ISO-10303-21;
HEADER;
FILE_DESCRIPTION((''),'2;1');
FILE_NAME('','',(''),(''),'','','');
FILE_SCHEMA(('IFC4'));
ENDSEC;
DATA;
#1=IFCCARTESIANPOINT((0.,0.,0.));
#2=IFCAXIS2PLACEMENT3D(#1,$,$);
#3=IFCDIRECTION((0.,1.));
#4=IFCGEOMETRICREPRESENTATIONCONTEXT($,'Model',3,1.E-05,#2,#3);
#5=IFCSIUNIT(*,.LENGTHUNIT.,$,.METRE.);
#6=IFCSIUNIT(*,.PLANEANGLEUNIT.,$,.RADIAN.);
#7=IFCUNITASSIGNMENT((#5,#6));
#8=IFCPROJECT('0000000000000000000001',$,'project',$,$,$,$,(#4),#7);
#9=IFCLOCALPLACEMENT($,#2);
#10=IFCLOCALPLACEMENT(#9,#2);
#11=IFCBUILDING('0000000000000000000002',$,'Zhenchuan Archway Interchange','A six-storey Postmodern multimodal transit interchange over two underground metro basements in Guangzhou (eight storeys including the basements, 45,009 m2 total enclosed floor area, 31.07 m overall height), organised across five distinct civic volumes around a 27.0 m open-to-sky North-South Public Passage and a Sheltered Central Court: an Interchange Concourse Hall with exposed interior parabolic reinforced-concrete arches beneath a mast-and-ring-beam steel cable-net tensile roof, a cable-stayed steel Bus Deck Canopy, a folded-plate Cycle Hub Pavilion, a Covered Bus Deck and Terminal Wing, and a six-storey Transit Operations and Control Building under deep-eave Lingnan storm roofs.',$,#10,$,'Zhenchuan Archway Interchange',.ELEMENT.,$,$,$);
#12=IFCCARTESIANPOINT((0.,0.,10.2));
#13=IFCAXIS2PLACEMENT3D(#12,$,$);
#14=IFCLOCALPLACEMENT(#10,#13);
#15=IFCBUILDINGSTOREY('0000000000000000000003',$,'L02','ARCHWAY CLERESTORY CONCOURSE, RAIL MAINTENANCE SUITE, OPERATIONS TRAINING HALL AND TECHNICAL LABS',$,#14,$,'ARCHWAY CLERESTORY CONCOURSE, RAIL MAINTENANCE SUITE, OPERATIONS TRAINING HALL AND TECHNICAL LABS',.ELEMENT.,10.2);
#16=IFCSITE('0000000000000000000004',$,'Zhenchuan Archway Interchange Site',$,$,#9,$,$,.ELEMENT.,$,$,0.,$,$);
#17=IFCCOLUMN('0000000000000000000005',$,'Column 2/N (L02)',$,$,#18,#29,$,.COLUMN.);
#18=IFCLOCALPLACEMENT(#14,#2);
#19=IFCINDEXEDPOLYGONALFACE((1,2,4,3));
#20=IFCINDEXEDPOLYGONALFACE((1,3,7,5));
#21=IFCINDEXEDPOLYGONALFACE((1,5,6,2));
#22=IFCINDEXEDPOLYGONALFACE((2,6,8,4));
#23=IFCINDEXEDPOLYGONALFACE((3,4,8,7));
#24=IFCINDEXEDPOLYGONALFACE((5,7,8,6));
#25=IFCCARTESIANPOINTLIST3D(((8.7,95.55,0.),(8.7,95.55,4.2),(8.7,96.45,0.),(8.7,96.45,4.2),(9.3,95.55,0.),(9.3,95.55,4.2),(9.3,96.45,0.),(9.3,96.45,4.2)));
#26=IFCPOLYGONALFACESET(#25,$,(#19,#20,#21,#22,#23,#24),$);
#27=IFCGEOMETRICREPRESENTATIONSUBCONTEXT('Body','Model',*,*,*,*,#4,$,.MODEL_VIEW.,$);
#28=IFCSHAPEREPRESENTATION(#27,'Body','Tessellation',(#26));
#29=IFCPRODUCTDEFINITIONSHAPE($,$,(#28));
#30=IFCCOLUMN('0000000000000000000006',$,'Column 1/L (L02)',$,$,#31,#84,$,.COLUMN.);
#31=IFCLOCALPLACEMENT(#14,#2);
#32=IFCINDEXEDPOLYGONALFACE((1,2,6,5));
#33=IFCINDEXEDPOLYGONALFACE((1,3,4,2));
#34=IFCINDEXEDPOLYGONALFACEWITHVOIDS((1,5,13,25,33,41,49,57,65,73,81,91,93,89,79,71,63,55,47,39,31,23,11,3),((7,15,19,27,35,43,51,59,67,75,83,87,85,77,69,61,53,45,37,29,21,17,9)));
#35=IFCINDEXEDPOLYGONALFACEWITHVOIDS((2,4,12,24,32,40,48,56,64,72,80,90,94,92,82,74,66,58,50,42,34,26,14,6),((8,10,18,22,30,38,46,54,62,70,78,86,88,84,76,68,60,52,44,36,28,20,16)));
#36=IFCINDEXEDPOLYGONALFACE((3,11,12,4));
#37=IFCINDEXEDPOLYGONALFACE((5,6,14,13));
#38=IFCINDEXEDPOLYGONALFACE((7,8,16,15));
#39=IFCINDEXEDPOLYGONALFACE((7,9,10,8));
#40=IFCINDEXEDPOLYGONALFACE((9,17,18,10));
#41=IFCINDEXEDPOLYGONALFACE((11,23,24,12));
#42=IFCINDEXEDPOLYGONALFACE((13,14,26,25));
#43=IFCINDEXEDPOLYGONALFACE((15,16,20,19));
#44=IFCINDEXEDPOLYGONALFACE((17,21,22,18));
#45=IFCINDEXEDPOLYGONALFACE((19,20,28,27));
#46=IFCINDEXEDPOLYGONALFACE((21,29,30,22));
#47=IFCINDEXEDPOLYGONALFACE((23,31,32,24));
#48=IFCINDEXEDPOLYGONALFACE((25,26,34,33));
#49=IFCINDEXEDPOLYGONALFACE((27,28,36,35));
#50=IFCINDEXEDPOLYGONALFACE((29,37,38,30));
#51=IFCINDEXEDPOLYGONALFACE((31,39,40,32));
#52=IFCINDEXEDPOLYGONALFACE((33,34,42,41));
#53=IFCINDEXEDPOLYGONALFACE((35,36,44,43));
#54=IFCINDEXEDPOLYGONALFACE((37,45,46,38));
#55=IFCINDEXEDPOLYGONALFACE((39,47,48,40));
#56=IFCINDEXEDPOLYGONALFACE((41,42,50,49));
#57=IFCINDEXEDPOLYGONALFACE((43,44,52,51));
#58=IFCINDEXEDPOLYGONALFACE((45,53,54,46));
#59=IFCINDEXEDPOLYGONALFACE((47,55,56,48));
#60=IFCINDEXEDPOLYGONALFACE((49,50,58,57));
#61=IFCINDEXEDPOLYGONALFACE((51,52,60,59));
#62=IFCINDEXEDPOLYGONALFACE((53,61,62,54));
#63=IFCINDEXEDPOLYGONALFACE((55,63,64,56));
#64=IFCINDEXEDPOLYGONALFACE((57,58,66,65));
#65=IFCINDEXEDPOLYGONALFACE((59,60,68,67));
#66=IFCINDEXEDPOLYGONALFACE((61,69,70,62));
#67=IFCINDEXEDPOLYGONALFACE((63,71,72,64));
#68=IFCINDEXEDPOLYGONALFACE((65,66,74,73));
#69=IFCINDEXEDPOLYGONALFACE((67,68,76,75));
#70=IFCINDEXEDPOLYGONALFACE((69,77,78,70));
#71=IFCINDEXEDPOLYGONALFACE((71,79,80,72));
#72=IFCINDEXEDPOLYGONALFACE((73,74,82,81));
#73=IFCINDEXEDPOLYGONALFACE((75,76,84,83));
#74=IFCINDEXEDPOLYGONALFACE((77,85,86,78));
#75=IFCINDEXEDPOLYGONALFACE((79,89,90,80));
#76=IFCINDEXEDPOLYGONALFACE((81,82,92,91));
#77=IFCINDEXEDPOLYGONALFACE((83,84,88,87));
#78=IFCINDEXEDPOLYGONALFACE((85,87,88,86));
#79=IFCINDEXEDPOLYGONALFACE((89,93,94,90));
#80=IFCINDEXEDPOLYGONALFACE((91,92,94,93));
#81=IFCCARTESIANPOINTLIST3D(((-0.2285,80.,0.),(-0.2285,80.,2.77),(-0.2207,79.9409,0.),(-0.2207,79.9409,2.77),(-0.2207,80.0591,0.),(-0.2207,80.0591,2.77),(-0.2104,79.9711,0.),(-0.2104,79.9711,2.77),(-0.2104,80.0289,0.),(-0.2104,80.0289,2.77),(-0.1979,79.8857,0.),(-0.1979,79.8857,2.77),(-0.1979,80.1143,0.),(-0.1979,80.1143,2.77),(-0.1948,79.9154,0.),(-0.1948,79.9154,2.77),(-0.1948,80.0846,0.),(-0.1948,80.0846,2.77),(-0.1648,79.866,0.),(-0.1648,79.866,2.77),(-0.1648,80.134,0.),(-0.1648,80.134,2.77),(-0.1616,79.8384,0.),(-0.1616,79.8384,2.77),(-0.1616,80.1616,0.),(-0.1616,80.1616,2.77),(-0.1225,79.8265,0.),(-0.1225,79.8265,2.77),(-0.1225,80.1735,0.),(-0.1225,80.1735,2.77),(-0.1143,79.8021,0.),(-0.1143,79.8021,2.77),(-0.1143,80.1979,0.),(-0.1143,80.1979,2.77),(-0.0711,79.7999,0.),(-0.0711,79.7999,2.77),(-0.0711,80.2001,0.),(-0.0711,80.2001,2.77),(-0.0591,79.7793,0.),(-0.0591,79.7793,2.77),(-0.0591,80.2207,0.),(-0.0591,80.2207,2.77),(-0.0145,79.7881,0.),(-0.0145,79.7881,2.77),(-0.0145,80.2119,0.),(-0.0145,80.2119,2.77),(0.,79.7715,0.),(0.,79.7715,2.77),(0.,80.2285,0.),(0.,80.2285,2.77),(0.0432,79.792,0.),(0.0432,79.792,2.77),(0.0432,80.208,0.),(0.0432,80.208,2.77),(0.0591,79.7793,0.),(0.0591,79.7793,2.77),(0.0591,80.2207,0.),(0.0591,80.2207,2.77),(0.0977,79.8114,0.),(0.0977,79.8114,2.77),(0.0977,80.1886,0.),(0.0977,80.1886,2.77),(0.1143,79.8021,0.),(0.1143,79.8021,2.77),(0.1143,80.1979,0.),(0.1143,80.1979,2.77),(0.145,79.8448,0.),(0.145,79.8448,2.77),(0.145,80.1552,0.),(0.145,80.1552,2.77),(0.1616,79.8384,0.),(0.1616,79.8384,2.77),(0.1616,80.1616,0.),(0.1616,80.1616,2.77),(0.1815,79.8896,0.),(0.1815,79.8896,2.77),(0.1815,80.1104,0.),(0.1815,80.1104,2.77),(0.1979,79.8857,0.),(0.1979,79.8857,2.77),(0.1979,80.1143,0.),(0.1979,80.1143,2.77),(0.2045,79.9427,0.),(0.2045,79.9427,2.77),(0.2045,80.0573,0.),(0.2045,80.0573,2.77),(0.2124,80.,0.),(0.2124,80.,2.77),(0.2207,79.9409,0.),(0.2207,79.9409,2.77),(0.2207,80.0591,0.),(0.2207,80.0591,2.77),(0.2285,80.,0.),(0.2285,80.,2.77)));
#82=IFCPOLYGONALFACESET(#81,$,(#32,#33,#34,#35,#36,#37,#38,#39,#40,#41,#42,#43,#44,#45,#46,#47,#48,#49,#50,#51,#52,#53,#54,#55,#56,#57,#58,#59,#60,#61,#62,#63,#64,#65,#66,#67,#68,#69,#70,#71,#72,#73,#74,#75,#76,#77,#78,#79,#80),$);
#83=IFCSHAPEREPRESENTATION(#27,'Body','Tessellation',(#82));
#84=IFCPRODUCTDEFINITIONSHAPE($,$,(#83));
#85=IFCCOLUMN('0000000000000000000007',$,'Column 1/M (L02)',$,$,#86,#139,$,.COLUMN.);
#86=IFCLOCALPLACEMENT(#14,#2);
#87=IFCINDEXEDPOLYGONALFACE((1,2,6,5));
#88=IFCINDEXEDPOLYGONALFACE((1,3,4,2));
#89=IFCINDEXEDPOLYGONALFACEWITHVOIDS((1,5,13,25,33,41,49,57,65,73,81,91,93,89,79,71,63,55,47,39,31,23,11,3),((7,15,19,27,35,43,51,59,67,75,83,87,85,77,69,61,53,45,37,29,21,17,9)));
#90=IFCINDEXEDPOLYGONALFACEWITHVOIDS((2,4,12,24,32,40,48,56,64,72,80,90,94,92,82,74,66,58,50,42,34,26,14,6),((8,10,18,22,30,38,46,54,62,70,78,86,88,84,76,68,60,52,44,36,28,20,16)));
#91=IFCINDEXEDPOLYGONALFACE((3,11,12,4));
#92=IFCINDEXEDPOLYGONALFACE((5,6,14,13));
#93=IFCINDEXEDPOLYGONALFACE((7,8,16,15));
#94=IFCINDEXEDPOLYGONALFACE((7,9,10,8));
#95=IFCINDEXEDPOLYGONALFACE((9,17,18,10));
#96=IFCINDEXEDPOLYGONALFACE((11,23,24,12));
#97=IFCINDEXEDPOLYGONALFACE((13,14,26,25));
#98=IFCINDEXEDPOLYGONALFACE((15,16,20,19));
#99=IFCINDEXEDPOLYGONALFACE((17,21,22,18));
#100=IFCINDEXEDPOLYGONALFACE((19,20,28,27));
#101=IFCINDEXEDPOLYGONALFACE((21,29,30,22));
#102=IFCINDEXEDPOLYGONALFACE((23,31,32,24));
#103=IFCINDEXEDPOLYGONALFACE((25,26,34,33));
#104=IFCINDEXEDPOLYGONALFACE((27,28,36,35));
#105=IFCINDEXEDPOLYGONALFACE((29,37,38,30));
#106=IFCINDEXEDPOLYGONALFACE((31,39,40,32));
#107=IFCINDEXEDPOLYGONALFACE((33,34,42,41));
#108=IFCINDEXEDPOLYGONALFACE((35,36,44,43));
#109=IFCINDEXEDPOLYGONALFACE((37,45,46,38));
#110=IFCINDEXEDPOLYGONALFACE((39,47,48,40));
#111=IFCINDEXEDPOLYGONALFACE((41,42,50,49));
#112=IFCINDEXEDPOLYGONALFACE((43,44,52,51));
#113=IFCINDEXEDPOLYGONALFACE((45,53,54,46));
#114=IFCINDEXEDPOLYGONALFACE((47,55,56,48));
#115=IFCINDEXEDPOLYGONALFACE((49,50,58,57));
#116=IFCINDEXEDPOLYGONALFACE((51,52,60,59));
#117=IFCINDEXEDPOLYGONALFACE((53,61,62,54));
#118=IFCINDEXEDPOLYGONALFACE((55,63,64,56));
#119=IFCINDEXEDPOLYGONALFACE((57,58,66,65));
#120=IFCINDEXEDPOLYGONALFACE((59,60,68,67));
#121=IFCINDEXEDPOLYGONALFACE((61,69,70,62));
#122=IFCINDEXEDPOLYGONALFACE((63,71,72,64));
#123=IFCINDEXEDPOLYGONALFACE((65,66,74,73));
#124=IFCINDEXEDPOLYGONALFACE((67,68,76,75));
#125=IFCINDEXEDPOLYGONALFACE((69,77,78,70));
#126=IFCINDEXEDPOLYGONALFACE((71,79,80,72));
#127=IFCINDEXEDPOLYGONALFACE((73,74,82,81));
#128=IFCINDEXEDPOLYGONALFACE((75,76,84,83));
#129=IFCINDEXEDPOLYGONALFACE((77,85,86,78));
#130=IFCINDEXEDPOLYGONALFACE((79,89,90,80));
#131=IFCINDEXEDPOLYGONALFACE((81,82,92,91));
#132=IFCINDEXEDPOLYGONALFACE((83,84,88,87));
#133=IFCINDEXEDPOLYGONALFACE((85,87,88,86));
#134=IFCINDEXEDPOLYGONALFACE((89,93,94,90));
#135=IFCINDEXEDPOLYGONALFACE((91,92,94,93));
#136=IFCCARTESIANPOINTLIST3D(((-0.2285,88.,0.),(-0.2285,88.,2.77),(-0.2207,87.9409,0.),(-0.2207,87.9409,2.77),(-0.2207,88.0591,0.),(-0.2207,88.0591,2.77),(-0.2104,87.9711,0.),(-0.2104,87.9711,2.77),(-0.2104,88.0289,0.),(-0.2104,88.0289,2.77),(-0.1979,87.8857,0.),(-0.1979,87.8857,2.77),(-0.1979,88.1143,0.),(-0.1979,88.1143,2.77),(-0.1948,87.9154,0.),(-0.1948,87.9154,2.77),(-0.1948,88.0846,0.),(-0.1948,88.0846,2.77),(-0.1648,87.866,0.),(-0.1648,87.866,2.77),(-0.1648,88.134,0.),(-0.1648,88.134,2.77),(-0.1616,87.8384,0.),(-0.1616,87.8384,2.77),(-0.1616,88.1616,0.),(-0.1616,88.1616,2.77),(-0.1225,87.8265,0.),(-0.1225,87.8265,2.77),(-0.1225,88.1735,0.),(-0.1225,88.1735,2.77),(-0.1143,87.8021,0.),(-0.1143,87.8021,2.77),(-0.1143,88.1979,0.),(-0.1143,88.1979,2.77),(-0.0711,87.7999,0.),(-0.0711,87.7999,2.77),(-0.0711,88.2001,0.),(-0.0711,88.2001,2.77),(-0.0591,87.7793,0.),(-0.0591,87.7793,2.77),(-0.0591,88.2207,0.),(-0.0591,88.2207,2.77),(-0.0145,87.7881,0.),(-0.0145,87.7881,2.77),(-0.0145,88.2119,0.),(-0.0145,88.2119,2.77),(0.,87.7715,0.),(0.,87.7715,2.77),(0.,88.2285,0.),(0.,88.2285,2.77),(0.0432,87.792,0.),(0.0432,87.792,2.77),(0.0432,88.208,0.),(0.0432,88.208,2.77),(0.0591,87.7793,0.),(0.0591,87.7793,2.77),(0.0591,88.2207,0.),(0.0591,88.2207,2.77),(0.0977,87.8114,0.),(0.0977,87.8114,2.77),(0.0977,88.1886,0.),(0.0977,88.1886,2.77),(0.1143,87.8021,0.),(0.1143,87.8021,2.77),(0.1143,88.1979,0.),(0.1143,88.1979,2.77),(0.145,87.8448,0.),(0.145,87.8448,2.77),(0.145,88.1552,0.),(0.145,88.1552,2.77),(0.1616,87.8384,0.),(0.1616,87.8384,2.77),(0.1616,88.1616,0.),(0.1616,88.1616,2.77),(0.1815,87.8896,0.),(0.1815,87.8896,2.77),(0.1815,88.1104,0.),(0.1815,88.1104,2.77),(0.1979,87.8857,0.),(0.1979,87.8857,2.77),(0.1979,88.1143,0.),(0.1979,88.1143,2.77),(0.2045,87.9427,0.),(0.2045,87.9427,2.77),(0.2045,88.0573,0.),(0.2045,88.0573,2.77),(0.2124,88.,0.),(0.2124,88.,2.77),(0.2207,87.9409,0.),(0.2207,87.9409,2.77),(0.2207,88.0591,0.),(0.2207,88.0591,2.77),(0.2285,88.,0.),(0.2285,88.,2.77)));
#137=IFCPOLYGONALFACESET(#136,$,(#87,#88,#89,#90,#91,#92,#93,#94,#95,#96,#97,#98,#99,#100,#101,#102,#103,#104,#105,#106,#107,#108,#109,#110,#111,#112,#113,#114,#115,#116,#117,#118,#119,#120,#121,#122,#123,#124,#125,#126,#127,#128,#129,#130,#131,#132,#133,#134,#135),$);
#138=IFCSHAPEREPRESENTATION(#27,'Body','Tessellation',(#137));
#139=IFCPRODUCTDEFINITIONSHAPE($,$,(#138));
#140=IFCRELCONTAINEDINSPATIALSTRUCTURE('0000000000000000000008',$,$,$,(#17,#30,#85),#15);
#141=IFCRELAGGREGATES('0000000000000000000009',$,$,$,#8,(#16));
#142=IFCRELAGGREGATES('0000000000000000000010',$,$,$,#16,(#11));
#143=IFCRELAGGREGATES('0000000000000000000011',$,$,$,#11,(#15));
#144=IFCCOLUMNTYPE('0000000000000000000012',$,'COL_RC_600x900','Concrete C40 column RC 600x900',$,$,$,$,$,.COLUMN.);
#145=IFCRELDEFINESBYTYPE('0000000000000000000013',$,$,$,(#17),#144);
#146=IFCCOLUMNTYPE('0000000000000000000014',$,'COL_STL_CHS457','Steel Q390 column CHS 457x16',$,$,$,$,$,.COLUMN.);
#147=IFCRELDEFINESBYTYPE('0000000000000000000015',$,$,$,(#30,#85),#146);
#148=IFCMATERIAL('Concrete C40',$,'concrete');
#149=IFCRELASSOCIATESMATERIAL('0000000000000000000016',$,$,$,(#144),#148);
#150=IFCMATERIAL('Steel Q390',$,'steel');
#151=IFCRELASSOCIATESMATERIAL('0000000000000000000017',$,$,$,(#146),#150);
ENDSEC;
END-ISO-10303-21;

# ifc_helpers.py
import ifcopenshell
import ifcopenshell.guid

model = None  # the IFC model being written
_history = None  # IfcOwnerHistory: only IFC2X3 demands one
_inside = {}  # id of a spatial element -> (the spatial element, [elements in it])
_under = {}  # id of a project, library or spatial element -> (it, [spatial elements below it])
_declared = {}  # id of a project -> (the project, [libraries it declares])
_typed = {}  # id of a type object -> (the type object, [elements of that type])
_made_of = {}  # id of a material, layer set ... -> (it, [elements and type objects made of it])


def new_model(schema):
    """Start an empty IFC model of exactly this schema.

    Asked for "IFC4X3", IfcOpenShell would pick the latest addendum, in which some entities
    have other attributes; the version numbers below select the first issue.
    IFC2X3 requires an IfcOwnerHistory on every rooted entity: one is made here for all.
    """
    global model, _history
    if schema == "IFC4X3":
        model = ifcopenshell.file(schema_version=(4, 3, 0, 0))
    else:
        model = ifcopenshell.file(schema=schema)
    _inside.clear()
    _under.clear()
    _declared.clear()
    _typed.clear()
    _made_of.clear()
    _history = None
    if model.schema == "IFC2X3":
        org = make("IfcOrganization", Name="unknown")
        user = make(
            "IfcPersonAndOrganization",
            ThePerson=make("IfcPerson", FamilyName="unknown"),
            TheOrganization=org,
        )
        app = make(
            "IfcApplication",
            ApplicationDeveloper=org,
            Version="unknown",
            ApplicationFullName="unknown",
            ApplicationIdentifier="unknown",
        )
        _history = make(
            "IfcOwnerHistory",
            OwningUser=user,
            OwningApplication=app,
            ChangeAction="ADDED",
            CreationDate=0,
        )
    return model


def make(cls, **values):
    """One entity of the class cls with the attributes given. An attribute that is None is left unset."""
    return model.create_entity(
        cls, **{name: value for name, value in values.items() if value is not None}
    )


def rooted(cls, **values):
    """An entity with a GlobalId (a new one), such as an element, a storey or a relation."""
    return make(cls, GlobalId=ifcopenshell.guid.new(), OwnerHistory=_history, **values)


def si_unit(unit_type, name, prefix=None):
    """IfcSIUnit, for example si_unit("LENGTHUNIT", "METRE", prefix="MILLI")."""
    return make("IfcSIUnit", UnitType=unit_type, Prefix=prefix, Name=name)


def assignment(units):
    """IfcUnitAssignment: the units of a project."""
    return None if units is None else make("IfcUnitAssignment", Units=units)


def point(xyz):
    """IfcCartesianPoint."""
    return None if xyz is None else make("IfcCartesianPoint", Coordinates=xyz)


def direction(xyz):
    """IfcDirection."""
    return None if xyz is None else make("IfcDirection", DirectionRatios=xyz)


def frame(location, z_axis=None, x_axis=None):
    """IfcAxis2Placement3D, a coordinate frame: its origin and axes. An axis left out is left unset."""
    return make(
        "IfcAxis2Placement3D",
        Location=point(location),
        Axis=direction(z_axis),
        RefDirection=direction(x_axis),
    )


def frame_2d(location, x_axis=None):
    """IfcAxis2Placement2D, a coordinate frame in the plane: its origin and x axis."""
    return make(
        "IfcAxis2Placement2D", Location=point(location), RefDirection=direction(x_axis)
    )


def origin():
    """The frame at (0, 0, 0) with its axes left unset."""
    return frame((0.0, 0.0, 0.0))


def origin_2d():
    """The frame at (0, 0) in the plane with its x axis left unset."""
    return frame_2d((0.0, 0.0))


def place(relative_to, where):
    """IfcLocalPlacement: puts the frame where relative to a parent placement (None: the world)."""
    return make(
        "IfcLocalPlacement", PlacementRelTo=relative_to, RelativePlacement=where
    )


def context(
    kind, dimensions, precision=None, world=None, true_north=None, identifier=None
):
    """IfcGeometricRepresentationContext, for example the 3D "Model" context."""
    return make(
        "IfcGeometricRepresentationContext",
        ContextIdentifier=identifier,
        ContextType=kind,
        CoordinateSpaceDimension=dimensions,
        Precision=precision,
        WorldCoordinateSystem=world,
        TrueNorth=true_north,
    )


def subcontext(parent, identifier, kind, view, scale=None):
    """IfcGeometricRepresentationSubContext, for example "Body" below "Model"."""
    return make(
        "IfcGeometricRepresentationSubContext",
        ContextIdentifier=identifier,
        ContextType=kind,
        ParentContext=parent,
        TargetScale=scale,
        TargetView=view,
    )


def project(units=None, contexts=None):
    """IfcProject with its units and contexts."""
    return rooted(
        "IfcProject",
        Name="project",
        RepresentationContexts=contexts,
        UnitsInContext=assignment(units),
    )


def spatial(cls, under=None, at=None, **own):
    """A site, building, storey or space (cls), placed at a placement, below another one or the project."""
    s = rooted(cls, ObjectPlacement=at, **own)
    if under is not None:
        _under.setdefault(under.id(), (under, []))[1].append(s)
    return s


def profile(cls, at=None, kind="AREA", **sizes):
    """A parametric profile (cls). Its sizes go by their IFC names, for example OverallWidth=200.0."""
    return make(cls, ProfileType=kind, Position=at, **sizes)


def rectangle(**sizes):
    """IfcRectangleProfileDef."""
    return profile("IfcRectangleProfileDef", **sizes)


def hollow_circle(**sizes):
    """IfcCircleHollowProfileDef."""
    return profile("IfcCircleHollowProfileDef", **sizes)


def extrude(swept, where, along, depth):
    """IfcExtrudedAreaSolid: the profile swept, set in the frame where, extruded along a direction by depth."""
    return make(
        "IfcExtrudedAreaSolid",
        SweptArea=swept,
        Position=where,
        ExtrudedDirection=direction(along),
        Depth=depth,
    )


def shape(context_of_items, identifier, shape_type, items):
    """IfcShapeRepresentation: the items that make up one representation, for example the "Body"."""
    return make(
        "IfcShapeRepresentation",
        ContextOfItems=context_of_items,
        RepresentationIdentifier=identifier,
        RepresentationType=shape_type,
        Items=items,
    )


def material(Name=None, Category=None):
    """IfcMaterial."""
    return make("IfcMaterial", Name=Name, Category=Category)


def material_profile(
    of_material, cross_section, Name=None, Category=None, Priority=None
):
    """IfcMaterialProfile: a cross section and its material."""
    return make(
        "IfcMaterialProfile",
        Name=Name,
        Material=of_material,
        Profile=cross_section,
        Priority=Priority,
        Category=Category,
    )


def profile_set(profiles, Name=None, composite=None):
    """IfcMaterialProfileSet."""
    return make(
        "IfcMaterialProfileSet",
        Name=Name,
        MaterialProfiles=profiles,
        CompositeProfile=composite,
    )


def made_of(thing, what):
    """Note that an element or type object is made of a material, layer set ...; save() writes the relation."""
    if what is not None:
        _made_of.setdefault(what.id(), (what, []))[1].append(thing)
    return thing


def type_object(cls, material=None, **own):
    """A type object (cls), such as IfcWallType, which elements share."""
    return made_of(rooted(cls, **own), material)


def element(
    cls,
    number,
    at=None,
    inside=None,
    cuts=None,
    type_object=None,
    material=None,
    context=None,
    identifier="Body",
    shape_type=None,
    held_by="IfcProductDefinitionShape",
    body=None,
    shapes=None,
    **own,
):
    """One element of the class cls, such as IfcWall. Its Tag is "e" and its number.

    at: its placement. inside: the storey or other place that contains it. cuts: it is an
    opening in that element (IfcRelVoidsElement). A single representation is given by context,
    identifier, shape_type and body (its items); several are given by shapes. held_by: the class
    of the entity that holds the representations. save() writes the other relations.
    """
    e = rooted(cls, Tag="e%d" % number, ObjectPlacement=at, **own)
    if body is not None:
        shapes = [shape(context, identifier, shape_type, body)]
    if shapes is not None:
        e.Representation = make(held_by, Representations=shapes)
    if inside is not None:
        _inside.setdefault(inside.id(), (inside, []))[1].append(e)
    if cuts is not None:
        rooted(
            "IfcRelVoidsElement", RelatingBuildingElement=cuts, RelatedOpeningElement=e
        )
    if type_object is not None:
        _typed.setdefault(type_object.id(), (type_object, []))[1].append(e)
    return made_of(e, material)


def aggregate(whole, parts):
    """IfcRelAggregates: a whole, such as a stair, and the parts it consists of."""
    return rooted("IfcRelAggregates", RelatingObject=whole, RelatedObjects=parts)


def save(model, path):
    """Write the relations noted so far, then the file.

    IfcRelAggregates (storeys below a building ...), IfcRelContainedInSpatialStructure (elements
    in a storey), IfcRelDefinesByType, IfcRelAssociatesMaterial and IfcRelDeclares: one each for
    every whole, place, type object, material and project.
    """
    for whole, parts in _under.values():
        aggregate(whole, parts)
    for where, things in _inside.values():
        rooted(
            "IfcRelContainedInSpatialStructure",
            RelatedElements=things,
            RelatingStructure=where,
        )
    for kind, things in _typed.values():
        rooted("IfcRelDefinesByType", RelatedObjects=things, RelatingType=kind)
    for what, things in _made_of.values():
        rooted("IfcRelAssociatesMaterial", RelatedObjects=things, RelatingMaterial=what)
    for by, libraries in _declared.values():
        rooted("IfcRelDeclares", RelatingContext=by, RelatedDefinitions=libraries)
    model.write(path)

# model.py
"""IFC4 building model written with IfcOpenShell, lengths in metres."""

from ifc_helpers import new_model, si_unit, direction, frame, origin, origin_2d, place, context, subcontext, project, spatial, rectangle, hollow_circle, extrude, material, material_profile, profile_set, type_object, element, save


model = new_model("IFC4")

# Units and contexts
model_context = context("Model", 3, precision=1e-05, world=origin(), true_north=direction((0.0, 1.0)))
body_context = subcontext(model_context, "Body", "Model", "MODEL_VIEW")
ifc_project = project(units=[si_unit("LENGTHUNIT", "METRE"), si_unit("PLANEANGLEUNIT", "RADIAN")], contexts=[model_context])

# Site, building, storey
site_placement = place(None, origin())
site = spatial("IfcSite", under=ifc_project, at=site_placement, Name="Zhenchuan Archway Interchange Site", CompositionType="ELEMENT", RefElevation=0.0)
building_placement = place(site_placement, origin())
building = spatial("IfcBuilding", under=site, at=building_placement, Name="Zhenchuan Archway Interchange", Description="A six-storey Postmodern multimodal transit interchange over two underground metro basements in Guangzhou (eight storeys including the basements, 45,009 m2 total enclosed floor area, 31.07 m overall height), organised across five distinct civic volumes around a 27.0 m open-to-sky North-South Public Passage and a Sheltered Central Court: an Interchange Concourse Hall with exposed interior parabolic reinforced-concrete arches beneath a mast-and-ring-beam steel cable-net tensile roof, a cable-stayed steel Bus Deck Canopy, a folded-plate Cycle Hub Pavilion, a Covered Bus Deck and Terminal Wing, and a six-storey Transit Operations and Control Building under deep-eave Lingnan storm roofs.", LongName="Zhenchuan Archway Interchange", CompositionType="ELEMENT")
storey_placement = place(building_placement, frame((0.0, 0.0, 10.2)))
storey = spatial("IfcBuildingStorey", under=building, at=storey_placement, Name="L02", Description="ARCHWAY CLERESTORY CONCOURSE, RAIL MAINTENANCE SUITE, OPERATIONS TRAINING HALL AND TECHNICAL LABS", LongName="ARCHWAY CLERESTORY CONCOURSE, RAIL MAINTENANCE SUITE, OPERATIONS TRAINING HALL AND TECHNICAL LABS", CompositionType="ELEMENT", Elevation=10.2)

# Columns
ifc_material_1 = material(Name="Concrete C40", Category="concrete")
ifc_material_profile_1 = material_profile(ifc_material_1, rectangle(XDim=0.6001, YDim=0.8999, at=origin_2d()), Name="RC 600x900")
ifc_profile_set_1 = profile_set([ifc_material_profile_1], Name="Concrete C40")
column_type_1 = type_object("IfcColumnType", Name="COL_RC_600x900", Description="Concrete C40 column RC 600x900", PredefinedType="COLUMN", material=ifc_profile_set_1)
column_placement = place(storey_placement, frame((9.0, 96.0, 0.0), z_axis=(0.0, 0.0, 1.0), x_axis=(1.0, 0.0, 0.0)))
element("IfcColumn", 1, at=column_placement, inside=storey, type_object=column_type_1, Name="Column 2/N (L02)", PredefinedType="COLUMN", context=body_context, shape_type="SweptSolid", body=[
    extrude(rectangle(XDim=0.6001, YDim=0.8999, at=origin_2d()), origin(), (0.0, 0.0, 1.0), 4.2),
])
ifc_material_2 = material(Name="Steel Q390", Category="steel")
ifc_material_profile_2 = material_profile(ifc_material_2, hollow_circle(Radius=0.2285, WallThickness=0.0161, at=origin_2d()), Name="CHS 457x16")
ifc_profile_set_2 = profile_set([ifc_material_profile_2], Name="Steel Q390")
column_type_2 = type_object("IfcColumnType", Name="COL_STL_CHS457", Description="Steel Q390 column CHS 457x16", PredefinedType="COLUMN", material=ifc_profile_set_2)
for number, where, z_axis, x_axis, name in (
    (2, (0.0, 80.0, 0.0), (0.0, 0.0, 1.0), (1.0, 0.0, 0.0), "Column 1/L (L02)"),
    (3, (0.0, 88.0, 0.0), (0.0, 0.0, 1.0), (1.0, 0.0, 0.0), "Column 1/M (L02)"),
):
    element("IfcColumn", number, at=place(storey_placement, frame(where, z_axis=z_axis, x_axis=x_axis)), inside=storey, type_object=column_type_2, Name=name, PredefinedType="COLUMN", context=body_context, shape_type="SweptSolid", body=[
        extrude(hollow_circle(Radius=0.2285, WallThickness=0.0161, at=origin_2d()), origin(), (0.0, 0.0, 1.0), 2.77),
    ])

save(model, "model.ifc")
